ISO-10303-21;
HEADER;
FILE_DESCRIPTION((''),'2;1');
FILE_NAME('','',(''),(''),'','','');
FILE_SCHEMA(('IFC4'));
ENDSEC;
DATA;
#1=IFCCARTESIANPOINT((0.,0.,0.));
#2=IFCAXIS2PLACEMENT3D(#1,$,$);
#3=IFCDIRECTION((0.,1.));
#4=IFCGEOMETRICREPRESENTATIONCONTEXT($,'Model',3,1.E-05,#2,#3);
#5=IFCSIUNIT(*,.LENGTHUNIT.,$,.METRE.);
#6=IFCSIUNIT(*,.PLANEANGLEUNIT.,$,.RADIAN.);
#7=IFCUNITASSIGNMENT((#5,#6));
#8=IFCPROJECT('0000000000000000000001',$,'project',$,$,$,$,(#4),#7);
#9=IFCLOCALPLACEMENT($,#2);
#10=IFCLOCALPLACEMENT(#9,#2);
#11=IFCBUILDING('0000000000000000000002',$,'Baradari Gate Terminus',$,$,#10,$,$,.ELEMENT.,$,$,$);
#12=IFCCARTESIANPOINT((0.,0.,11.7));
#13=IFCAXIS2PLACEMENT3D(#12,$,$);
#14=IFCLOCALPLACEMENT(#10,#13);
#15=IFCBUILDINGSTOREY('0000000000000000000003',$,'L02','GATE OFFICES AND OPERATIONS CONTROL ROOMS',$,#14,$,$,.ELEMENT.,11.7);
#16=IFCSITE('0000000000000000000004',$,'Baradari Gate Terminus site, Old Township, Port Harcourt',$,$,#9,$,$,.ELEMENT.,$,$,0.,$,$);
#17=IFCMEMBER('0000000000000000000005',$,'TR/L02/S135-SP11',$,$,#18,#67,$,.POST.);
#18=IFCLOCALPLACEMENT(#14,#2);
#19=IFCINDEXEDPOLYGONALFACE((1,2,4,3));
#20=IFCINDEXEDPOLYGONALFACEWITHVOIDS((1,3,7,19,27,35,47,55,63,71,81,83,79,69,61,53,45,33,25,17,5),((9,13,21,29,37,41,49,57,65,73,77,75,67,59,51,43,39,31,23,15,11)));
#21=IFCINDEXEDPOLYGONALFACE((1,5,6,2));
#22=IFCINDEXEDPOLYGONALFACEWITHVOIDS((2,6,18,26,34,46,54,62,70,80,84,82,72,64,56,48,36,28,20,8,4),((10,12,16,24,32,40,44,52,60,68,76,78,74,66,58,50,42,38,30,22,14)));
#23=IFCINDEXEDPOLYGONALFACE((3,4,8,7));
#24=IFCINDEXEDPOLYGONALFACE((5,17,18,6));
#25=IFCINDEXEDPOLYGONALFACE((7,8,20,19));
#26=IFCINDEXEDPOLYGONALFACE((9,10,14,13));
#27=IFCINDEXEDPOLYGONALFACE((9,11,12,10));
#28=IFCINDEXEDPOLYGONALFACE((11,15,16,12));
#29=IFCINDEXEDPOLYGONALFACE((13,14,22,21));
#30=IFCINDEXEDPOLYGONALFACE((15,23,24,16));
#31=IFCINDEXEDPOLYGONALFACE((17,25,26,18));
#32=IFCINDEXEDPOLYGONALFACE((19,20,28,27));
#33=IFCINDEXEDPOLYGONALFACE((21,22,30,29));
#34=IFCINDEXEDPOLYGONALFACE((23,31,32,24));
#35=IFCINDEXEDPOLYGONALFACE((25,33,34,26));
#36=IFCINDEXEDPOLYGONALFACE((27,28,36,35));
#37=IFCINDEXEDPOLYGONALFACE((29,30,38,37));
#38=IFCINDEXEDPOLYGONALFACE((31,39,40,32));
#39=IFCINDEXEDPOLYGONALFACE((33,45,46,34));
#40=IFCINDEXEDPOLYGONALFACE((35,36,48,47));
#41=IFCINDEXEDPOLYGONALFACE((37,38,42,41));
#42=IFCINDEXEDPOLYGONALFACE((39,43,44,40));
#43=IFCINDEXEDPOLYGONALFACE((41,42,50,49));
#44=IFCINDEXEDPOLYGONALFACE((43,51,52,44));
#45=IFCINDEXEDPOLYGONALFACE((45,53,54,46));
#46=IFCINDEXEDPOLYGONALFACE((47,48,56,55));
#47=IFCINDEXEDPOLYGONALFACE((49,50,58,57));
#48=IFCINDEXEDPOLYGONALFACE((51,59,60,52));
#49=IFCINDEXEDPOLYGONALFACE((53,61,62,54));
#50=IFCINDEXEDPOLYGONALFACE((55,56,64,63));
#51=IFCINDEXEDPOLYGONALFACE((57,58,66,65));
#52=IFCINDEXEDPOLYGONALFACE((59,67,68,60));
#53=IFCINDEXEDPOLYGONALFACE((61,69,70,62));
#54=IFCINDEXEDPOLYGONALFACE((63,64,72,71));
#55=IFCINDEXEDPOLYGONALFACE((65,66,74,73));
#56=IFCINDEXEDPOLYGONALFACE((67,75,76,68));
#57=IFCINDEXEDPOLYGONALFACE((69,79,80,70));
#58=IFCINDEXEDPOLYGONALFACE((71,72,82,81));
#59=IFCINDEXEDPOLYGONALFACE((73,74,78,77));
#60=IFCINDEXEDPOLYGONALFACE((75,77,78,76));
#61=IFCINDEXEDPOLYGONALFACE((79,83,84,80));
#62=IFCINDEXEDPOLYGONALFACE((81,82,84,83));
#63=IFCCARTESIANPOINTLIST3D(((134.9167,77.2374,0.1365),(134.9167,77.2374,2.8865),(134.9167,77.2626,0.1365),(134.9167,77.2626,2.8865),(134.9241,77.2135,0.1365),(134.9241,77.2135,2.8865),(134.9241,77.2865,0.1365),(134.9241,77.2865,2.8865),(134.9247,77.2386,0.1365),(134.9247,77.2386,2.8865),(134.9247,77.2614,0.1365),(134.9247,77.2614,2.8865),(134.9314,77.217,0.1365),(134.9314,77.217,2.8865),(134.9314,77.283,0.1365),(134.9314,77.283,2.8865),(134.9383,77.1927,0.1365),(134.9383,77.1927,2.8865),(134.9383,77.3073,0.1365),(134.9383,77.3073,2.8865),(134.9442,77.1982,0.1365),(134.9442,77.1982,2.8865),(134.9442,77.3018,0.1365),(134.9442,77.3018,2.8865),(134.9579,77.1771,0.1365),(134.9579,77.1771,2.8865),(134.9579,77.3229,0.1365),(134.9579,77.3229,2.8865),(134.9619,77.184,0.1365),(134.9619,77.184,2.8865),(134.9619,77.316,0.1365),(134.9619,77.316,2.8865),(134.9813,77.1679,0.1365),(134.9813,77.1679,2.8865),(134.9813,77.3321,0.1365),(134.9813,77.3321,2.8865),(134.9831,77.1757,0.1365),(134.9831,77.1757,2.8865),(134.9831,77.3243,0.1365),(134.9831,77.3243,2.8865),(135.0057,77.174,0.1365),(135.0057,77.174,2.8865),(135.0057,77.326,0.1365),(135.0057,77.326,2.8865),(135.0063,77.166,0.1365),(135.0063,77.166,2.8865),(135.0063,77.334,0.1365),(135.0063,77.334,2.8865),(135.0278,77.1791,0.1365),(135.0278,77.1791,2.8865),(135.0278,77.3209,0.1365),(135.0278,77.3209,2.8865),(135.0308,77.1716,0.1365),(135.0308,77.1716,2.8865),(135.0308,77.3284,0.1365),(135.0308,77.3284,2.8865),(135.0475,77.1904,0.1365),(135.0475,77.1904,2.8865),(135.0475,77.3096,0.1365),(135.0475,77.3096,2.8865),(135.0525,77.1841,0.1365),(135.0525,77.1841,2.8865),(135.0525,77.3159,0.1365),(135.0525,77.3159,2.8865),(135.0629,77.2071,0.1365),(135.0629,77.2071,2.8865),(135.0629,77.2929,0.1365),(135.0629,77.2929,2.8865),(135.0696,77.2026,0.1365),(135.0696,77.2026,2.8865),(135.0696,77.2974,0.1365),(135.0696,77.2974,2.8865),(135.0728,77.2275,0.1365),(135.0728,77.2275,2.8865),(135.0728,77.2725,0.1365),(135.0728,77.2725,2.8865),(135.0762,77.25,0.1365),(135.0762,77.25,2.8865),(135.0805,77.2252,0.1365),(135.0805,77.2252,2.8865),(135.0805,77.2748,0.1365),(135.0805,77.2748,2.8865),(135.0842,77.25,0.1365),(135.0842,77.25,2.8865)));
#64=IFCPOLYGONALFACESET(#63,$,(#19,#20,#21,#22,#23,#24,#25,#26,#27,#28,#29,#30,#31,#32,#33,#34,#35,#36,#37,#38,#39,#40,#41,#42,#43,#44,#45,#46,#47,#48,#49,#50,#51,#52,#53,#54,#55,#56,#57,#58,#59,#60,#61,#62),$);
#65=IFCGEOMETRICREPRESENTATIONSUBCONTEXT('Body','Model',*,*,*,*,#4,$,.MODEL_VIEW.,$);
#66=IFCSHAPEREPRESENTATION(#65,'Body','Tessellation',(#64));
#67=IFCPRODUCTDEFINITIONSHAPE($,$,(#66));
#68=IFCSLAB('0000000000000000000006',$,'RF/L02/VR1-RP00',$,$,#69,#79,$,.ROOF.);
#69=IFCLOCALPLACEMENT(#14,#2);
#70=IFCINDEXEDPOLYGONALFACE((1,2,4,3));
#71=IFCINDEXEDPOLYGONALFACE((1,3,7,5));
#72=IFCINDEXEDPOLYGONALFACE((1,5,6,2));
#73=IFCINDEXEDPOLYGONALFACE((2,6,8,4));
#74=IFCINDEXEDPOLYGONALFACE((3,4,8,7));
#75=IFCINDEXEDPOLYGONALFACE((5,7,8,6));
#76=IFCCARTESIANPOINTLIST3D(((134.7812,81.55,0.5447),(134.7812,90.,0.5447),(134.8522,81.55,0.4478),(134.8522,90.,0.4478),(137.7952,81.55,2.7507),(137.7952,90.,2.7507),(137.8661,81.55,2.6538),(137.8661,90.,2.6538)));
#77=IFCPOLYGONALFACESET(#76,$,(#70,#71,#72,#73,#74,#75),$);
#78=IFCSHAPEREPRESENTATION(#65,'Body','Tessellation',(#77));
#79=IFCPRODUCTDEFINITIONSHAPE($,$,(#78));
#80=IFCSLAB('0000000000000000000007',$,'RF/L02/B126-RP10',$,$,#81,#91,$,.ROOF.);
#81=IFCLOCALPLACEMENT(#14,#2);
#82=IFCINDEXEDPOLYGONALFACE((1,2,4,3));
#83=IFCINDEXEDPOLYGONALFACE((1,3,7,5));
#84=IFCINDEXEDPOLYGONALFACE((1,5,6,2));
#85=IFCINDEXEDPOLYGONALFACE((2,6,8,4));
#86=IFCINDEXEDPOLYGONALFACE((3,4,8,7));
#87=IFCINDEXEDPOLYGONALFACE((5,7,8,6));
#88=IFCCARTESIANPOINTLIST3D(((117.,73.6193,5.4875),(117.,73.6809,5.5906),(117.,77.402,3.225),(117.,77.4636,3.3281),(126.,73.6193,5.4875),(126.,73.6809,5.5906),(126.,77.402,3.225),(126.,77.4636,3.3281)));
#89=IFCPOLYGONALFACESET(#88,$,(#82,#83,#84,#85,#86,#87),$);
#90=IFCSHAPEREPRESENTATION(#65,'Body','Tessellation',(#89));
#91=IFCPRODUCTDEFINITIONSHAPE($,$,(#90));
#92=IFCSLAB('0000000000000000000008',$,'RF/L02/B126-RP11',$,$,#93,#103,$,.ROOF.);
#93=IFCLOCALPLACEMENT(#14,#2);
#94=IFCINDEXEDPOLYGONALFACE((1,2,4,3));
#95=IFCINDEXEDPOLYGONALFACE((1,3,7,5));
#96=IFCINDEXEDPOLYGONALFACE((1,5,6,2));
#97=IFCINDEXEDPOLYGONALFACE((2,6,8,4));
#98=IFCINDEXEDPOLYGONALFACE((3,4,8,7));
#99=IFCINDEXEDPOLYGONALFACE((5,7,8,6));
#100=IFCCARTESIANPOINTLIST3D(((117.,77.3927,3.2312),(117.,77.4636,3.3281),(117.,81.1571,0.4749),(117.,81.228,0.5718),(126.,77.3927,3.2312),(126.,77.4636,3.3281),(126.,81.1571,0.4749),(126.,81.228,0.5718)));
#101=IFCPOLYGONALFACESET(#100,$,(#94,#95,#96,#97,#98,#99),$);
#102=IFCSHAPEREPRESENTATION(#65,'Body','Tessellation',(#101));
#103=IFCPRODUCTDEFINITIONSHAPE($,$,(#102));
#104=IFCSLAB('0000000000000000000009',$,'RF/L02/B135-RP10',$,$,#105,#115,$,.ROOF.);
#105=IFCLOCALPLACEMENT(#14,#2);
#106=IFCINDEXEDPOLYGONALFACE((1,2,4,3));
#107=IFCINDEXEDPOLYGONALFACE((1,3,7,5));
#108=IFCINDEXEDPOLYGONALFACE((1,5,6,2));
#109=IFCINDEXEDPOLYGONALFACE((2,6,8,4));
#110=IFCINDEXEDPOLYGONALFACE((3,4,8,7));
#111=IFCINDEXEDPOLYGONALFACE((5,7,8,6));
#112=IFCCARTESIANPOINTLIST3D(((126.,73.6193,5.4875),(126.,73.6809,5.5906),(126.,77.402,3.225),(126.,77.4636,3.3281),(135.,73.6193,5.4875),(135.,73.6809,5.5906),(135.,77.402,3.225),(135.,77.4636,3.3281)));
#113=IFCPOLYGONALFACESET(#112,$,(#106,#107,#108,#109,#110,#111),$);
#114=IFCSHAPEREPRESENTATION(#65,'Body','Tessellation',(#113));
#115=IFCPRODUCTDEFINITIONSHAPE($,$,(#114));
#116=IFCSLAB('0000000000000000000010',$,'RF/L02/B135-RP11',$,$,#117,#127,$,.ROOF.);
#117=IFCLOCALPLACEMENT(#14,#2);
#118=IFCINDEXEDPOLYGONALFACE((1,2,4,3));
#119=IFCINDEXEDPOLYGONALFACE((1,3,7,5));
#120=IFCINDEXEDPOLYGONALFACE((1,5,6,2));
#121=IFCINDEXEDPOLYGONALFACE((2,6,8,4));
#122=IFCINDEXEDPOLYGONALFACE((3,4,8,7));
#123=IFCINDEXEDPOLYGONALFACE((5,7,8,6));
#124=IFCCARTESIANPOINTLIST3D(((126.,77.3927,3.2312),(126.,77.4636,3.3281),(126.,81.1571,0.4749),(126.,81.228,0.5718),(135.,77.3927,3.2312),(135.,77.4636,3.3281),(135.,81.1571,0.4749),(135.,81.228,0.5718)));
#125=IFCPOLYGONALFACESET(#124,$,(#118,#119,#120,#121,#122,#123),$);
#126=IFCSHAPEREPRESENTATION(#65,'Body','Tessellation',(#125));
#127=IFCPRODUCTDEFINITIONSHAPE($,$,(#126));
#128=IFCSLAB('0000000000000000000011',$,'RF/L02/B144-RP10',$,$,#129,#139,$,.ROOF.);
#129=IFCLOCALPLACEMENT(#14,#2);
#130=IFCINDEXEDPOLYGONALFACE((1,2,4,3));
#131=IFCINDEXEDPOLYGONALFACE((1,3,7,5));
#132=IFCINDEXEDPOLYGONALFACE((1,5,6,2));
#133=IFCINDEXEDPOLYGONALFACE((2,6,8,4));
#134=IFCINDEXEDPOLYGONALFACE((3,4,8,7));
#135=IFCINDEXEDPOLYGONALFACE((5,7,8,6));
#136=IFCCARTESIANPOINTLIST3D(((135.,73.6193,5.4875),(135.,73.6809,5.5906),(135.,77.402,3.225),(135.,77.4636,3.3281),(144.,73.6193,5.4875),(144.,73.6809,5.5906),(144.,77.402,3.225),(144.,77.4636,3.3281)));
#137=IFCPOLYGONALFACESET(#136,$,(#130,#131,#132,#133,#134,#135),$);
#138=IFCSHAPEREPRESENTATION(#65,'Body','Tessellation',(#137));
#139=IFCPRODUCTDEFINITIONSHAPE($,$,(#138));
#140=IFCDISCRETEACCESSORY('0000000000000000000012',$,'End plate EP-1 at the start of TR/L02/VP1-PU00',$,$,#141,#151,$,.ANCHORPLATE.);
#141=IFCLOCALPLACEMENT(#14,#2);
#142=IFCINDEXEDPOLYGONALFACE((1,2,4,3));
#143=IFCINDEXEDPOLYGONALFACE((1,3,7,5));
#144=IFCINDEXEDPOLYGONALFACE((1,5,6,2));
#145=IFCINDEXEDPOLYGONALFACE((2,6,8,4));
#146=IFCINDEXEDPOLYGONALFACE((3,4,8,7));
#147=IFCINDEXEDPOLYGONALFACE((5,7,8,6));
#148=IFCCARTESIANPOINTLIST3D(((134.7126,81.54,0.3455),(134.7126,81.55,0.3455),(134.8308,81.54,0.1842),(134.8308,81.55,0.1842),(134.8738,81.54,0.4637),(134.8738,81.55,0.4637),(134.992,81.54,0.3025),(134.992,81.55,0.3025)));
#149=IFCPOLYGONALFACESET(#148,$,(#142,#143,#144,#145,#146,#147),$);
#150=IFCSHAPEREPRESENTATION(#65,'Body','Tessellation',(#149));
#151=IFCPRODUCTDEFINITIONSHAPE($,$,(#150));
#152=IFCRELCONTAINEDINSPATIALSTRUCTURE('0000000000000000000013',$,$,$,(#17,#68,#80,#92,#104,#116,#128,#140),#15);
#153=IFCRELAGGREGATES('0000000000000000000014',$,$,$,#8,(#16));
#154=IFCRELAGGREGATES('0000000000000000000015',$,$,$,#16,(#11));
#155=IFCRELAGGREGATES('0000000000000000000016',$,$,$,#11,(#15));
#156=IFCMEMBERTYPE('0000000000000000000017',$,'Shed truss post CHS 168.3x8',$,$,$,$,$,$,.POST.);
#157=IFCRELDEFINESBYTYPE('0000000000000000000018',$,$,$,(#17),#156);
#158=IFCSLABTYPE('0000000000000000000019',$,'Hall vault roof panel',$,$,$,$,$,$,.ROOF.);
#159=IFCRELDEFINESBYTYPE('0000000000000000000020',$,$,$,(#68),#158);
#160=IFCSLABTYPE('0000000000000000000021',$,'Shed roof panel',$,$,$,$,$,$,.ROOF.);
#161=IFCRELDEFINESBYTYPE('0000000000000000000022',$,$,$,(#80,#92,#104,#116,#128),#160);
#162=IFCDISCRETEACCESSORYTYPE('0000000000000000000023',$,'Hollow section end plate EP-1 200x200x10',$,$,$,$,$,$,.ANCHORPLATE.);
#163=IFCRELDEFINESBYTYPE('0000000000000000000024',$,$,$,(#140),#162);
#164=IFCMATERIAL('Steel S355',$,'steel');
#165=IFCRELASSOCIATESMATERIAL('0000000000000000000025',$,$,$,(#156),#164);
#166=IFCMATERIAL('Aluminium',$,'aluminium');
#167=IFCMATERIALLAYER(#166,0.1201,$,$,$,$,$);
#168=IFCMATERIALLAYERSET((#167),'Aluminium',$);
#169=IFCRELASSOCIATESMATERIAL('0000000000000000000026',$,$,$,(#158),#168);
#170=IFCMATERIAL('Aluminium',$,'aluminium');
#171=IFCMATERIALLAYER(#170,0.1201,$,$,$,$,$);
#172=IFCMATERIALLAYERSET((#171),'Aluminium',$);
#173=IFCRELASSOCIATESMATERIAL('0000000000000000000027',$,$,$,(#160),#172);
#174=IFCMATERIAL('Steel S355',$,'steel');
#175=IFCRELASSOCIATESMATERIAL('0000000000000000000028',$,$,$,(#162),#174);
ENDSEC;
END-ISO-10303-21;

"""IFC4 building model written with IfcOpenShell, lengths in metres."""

from ifc_helpers import new_model, si_unit, direction, frame, origin, origin_2d, place, context, subcontext, project, spatial, polyline, rectangle, hollow_circle, outline, extrude, material, layer, layer_set, material_profile, profile_set, type_object, element, save


model = new_model("IFC4")

# Units and contexts
model_context = context("Model", 3, precision=1e-05, world=origin(), true_north=direction((0.0, 1.0)))
body_context = subcontext(model_context, "Body", "Model", "MODEL_VIEW")
ifc_project = project(units=[si_unit("LENGTHUNIT", "METRE"), si_unit("PLANEANGLEUNIT", "RADIAN")], contexts=[model_context])

# Site, building, storey
site_placement = place(None, origin())
site = spatial("IfcSite", under=ifc_project, at=site_placement, Name="Baradari Gate Terminus site, Old Township, Port Harcourt", CompositionType="ELEMENT", RefElevation=0.0)
building_placement = place(site_placement, origin())
building = spatial("IfcBuilding", under=site, at=building_placement, Name="Baradari Gate Terminus", CompositionType="ELEMENT")
storey_placement = place(building_placement, frame((0.0, 0.0, 11.7)))
storey = spatial("IfcBuildingStorey", under=building, at=storey_placement, Name="L02", Description="GATE OFFICES AND OPERATIONS CONTROL ROOMS", CompositionType="ELEMENT", Elevation=11.7)

# Member
ifc_material_1 = material(Name="Steel S355", Category="steel")
ifc_material_profile_1 = material_profile(ifc_material_1, hollow_circle(Radius=0.0842, WallThickness=0.0081, at=origin_2d()), Name="CHS 168.3x8")
ifc_profile_set_1 = profile_set([ifc_material_profile_1], Name="Steel S355")
member_type_1 = type_object("IfcMemberType", Name="Shed truss post CHS 168.3x8", PredefinedType="POST", material=ifc_profile_set_1)
member_1_placement = place(storey_placement, frame((135.0, 77.25, 0.1365), z_axis=(0.0, 0.0, 1.0), x_axis=(1.0, 0.0, 0.0)))
element("IfcMember", 1, at=member_1_placement, inside=storey, type_object=member_type_1, Name="TR/L02/S135-SP11", PredefinedType="POST", context=body_context, shape_type="SweptSolid", body=[
    extrude(hollow_circle(Radius=0.0842, WallThickness=0.0081, at=origin_2d()), origin(), (0.0, 0.0, 1.0), 2.75),
])

# Slabs
ifc_material_2 = material(Name="Aluminium", Category="aluminium")
ifc_layer_1 = layer(ifc_material_2, 0.1201)
ifc_layer_set_1 = layer_set([ifc_layer_1], Name="Aluminium")
slab_type_1 = type_object("IfcSlabType", Name="Hall vault roof panel", PredefinedType="ROOF", material=ifc_layer_set_1)
slab_1_placement = place(storey_placement, frame((134.7812, 81.55, 0.5447), z_axis=(-0.590641, 0.0, 0.806935), x_axis=(0.0, 1.0, 0.0)))
element("IfcSlab", 2, at=slab_1_placement, inside=storey, type_object=slab_type_1, Name="RF/L02/VR1-RP00", PredefinedType="ROOF", context=body_context, shape_type="SweptSolid", body=[
    extrude(outline(polyline([(0.0, 0.0), (8.45, 0.0), (8.45, -3.735), (0.0, -3.735), (0.0, 0.0)])), origin(), (0.0, 0.0, -1.0), 0.1201),
])
ifc_material_3 = material(Name="Aluminium", Category="aluminium")
ifc_layer_2 = layer(ifc_material_3, 0.1201)
ifc_layer_set_2 = layer_set([ifc_layer_2], Name="Aluminium")
slab_type_2 = type_object("IfcSlabType", Name="Shed roof panel", PredefinedType="ROOF", material=ifc_layer_set_2)
slab_2_placement = place(storey_placement, frame((117.0, 73.6809, 5.5906), z_axis=(0.0, 0.513298, 0.858211), x_axis=(1.0, 0.0, 0.0)))
element("IfcSlab", 3, at=slab_2_placement, inside=storey, type_object=slab_type_2, Name="RF/L02/B126-RP10", PredefinedType="ROOF", context=body_context, shape_type="SweptSolid", body=[
    extrude(outline(polyline([(0.0, 0.0), (9.0, 0.0), (9.0, 4.4077), (0.0, 4.4077), (0.0, 0.0)])), origin(), (0.0, 0.0, -1.0), 0.1201),
])
slab_3_placement = place(storey_placement, frame((117.0, 77.4636, 3.3281), z_axis=(0.0, 0.590776, 0.806836), x_axis=(1.0, 0.0, 0.0)))
element("IfcSlab", 4, at=slab_3_placement, inside=storey, type_object=slab_type_2, Name="RF/L02/B126-RP11", PredefinedType="ROOF", context=body_context, shape_type="SweptSolid", body=[
    extrude(outline(polyline([(0.0, 0.0), (9.0, 0.0), (9.0, 4.6656), (0.0, 4.6656), (0.0, 0.0)])), origin(), (0.0, 0.0, -1.0), 0.1201),
])
slab_4_placement = place(storey_placement, frame((126.0, 73.6809, 5.5906), z_axis=(0.0, 0.513298, 0.858211), x_axis=(1.0, 0.0, 0.0)))
element("IfcSlab", 5, at=slab_4_placement, inside=storey, type_object=slab_type_2, Name="RF/L02/B135-RP10", PredefinedType="ROOF", context=body_context, shape_type="SweptSolid", body=[
    extrude(outline(polyline([(0.0, 0.0), (9.0, 0.0), (9.0, 4.4077), (0.0, 4.4077), (0.0, 0.0)])), origin(), (0.0, 0.0, -1.0), 0.1201),
])
slab_5_placement = place(storey_placement, frame((126.0, 77.4636, 3.3281), z_axis=(0.0, 0.590776, 0.806836), x_axis=(1.0, 0.0, 0.0)))
element("IfcSlab", 6, at=slab_5_placement, inside=storey, type_object=slab_type_2, Name="RF/L02/B135-RP11", PredefinedType="ROOF", context=body_context, shape_type="SweptSolid", body=[
    extrude(outline(polyline([(0.0, 0.0), (9.0, 0.0), (9.0, 4.6656), (0.0, 4.6656), (0.0, 0.0)])), origin(), (0.0, 0.0, -1.0), 0.1201),
])
slab_6_placement = place(storey_placement, frame((135.0, 73.6809, 5.5906), z_axis=(0.0, 0.513298, 0.858211), x_axis=(1.0, 0.0, 0.0)))
element("IfcSlab", 7, at=slab_6_placement, inside=storey, type_object=slab_type_2, Name="RF/L02/B144-RP10", PredefinedType="ROOF", context=body_context, shape_type="SweptSolid", body=[
    extrude(outline(polyline([(0.0, 0.0), (9.0, 0.0), (9.0, 4.4077), (0.0, 4.4077), (0.0, 0.0)])), origin(), (0.0, 0.0, -1.0), 0.1201),
])

# Discrete accessory
ifc_material_4 = material(Name="Steel S355", Category="steel")
discrete_accessory_type = type_object("IfcDiscreteAccessoryType", Name="Hollow section end plate EP-1 200x200x10", PredefinedType="ANCHORPLATE", material=ifc_material_4)
discrete_accessory_placement = place(storey_placement, frame((134.8523, 81.54, 0.324), z_axis=(0.0, 1.0, 0.0), x_axis=(-0.806405, 0.0, -0.591364)))
element("IfcDiscreteAccessory", 8, at=discrete_accessory_placement, inside=storey, type_object=discrete_accessory_type, Name="End plate EP-1 at the start of TR/L02/VP1-PU00", PredefinedType="ANCHORPLATE", context=body_context, shape_type="SweptSolid", body=[
    extrude(rectangle(XDim=0.2, YDim=0.2, at=origin_2d()), origin(), (0.0, 0.0, 1.0), 0.01),
])

save(model, "model.ifc")
